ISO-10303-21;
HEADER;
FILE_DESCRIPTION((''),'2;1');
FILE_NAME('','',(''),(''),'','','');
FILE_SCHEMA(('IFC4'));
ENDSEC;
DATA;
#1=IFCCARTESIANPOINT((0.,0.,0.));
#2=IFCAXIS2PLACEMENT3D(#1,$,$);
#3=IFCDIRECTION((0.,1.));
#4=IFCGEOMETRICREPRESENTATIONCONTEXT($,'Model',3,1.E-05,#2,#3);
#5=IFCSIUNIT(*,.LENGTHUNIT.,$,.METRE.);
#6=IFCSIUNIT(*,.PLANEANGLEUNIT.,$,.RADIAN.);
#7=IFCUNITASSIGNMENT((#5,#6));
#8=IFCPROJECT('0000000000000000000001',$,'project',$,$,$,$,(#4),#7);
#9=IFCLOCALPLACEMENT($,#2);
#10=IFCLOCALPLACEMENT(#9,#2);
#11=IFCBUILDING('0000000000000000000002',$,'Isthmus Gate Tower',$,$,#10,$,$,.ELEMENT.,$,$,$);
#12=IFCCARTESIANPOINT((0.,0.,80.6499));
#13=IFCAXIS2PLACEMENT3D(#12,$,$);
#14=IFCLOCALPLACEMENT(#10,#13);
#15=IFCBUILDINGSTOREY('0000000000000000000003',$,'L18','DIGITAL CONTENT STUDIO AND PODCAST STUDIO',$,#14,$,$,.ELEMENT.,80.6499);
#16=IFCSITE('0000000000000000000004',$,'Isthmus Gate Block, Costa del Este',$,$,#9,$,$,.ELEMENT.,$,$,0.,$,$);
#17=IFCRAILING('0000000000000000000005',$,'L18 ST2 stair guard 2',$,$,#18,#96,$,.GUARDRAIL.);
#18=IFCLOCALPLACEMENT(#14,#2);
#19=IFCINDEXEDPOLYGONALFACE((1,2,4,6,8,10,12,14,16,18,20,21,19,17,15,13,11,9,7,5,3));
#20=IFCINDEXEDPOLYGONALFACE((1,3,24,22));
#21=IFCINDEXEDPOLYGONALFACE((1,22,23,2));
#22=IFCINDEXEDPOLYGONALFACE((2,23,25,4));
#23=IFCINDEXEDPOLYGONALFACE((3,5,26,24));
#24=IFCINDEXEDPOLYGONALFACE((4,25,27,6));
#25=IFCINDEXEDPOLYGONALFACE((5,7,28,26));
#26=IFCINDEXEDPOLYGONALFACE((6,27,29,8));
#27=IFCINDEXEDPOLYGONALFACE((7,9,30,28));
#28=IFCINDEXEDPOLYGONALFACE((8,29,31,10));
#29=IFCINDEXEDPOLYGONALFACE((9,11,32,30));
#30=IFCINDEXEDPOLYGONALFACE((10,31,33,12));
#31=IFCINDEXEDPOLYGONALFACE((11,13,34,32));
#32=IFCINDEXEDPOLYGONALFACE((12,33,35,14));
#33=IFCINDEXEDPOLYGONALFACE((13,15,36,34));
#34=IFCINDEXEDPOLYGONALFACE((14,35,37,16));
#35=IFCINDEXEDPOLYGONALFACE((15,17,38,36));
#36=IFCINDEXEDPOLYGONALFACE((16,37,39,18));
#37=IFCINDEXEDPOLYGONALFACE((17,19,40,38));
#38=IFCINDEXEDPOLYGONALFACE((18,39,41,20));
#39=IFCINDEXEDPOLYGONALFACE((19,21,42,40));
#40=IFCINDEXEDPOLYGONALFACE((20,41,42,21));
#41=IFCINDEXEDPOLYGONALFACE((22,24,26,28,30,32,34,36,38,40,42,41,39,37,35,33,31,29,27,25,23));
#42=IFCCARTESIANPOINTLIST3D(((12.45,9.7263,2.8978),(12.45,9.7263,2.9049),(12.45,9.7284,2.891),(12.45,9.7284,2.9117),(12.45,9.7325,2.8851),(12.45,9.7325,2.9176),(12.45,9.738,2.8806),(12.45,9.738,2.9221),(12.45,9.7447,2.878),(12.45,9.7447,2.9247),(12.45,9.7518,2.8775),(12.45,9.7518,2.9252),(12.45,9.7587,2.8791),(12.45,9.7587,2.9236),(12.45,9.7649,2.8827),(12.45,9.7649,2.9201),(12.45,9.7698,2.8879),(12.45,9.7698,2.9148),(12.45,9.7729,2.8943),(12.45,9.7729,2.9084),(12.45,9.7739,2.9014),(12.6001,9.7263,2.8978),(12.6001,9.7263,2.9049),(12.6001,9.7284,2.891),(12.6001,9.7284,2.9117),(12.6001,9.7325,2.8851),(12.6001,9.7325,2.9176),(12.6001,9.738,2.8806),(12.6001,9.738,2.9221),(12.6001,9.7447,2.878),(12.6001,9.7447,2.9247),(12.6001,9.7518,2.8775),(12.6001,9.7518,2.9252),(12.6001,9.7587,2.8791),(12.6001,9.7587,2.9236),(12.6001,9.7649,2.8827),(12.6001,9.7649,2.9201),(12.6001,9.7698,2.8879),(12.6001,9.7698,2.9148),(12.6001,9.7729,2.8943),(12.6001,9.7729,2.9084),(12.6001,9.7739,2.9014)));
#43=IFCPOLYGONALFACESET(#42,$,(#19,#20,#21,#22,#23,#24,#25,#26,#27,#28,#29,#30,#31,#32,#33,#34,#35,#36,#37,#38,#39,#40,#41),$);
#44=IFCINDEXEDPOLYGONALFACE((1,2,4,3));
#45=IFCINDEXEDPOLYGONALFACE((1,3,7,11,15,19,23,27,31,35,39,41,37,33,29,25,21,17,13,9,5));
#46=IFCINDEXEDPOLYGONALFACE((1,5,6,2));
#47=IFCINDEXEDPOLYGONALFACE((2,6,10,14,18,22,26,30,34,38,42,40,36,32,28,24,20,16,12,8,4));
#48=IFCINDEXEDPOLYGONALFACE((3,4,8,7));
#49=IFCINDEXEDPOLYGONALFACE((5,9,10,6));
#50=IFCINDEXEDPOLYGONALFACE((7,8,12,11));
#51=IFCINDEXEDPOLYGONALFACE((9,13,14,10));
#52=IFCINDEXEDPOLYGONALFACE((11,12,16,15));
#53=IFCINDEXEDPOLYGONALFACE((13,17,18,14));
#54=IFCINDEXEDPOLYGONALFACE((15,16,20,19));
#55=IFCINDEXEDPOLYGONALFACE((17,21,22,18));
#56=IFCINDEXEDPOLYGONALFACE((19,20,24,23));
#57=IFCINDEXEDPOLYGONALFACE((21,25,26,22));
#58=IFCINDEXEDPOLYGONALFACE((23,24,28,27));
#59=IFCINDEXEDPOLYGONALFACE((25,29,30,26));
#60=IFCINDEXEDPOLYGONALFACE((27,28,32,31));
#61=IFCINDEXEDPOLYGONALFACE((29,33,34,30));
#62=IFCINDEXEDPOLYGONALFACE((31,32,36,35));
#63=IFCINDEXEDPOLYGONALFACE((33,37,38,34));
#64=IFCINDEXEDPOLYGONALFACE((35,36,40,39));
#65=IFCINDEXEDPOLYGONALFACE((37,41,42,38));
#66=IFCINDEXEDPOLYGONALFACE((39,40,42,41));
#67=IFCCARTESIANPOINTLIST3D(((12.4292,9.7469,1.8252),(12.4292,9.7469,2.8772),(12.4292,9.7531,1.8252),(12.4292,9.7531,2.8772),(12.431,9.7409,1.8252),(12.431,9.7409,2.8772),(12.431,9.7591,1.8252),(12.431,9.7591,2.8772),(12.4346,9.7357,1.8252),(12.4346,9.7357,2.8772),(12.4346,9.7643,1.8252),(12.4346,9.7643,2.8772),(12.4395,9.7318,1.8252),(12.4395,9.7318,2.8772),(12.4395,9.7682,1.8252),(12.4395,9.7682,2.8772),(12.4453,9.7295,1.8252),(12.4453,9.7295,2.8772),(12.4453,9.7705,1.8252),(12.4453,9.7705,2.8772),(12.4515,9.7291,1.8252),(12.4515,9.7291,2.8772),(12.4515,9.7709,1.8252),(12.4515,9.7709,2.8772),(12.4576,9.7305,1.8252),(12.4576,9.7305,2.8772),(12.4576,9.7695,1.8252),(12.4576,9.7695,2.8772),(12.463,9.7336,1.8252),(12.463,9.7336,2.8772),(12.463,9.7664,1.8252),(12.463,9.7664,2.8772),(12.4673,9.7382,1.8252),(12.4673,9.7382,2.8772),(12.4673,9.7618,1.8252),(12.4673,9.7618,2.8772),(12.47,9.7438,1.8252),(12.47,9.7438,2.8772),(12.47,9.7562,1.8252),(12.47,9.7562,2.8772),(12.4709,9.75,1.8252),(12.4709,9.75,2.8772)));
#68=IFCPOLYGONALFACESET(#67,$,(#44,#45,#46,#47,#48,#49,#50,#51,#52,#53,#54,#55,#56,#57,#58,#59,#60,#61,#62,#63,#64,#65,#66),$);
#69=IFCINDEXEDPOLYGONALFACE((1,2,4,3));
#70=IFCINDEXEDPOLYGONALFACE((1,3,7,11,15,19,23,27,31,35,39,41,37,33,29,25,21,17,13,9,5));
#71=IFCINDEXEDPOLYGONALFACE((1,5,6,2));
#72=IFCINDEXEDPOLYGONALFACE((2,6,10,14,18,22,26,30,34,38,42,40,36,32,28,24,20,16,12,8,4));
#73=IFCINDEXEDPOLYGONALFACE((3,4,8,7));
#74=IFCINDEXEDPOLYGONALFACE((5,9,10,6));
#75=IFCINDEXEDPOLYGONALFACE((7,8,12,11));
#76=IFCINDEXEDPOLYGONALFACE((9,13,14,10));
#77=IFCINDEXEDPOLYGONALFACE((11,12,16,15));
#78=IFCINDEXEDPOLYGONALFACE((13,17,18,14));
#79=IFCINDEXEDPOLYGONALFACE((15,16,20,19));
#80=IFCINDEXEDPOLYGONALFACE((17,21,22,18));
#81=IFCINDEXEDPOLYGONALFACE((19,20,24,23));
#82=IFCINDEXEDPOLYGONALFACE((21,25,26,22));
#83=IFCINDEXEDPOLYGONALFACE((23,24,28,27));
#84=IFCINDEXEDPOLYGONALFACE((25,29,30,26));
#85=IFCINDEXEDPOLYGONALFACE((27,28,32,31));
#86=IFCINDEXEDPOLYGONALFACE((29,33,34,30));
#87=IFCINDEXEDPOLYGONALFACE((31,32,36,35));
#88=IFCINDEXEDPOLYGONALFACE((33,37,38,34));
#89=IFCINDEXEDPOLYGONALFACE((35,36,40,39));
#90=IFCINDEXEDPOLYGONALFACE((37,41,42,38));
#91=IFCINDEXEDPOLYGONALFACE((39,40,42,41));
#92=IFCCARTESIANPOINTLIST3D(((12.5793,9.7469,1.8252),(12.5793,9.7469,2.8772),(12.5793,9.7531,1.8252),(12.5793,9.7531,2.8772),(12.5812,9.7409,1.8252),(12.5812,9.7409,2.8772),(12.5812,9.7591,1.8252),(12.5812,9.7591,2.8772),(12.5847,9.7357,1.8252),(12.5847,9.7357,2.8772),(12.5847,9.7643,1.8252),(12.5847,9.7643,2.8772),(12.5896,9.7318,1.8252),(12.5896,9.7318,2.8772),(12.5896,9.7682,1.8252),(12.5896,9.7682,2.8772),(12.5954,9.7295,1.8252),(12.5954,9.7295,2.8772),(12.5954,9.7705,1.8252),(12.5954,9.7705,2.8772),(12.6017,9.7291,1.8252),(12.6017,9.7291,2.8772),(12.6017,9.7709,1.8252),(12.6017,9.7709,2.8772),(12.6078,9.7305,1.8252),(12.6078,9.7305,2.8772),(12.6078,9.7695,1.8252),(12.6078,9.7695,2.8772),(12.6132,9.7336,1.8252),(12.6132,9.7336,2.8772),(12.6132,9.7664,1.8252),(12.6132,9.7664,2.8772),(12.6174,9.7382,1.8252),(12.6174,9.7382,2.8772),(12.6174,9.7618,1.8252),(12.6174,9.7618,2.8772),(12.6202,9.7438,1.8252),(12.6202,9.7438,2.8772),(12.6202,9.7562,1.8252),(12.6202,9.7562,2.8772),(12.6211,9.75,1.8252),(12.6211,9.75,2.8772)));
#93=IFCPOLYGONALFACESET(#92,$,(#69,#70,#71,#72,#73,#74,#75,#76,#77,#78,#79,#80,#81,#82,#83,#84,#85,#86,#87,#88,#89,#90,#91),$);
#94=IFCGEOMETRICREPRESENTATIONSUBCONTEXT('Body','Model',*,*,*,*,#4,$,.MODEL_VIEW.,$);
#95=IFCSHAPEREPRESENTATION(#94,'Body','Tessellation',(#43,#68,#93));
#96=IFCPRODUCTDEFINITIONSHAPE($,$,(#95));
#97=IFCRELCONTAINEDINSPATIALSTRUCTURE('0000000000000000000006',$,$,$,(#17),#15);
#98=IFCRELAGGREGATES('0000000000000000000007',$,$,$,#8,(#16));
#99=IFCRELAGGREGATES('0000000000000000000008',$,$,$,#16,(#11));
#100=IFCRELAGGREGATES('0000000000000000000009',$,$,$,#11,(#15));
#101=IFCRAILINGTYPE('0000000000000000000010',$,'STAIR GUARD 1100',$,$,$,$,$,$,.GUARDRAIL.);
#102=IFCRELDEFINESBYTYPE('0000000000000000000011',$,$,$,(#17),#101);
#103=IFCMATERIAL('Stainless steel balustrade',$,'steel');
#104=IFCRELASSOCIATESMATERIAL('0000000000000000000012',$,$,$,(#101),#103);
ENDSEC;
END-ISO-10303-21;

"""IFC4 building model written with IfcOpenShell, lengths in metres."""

from ifc_helpers import new_model, si_unit, direction, frame, origin, origin_2d, place, context, subcontext, project, spatial, circle, extrude, material, type_object, element, save


model = new_model("IFC4")

# Units and contexts
model_context = context("Model", 3, precision=1e-05, world=origin(), true_north=direction((0.0, 1.0)))
body_context = subcontext(model_context, "Body", "Model", "MODEL_VIEW")
ifc_project = project(units=[si_unit("LENGTHUNIT", "METRE"), si_unit("PLANEANGLEUNIT", "RADIAN")], contexts=[model_context])

# Site, building, storey
site_placement = place(None, origin())
site = spatial("IfcSite", under=ifc_project, at=site_placement, Name="Isthmus Gate Block, Costa del Este", CompositionType="ELEMENT", RefElevation=0.0)
building_placement = place(site_placement, origin())
building = spatial("IfcBuilding", under=site, at=building_placement, Name="Isthmus Gate Tower", CompositionType="ELEMENT")
storey_placement = place(building_placement, frame((0.0, 0.0, 80.6499)))
storey = spatial("IfcBuildingStorey", under=building, at=storey_placement, Name="L18", Description="DIGITAL CONTENT STUDIO AND PODCAST STUDIO", CompositionType="ELEMENT", Elevation=80.6499)

# Railing
ifc_material_1 = material(Name="Stainless steel balustrade", Category="steel")
railing_type_1 = type_object("IfcRailingType", Name="STAIR GUARD 1100", PredefinedType="GUARDRAIL", material=ifc_material_1)
railing_1_placement = place(storey_placement, frame((12.45, 9.75, 1.8252)))
element("IfcRailing", 1, at=railing_1_placement, inside=storey, type_object=railing_type_1, Name="L18 ST2 stair guard 2", PredefinedType="GUARDRAIL", context=body_context, shape_type="SweptSolid", body=[
    extrude(circle(Radius=0.0239, at=origin_2d()), frame((0.0, 0.0, 1.0762), z_axis=(1.0, 0.0, 0.0), x_axis=(0.0, 1.0, 0.0)), (0.0, 0.0, 1.0), 0.1501),
    extrude(circle(Radius=0.021, at=origin_2d()), origin(), (0.0, 0.0, 1.0), 1.052),
    extrude(circle(Radius=0.021, at=origin_2d()), frame((0.1501, 0.0, 0.0)), (0.0, 0.0, 1.0), 1.052),
])

save(model, "model.ifc")
